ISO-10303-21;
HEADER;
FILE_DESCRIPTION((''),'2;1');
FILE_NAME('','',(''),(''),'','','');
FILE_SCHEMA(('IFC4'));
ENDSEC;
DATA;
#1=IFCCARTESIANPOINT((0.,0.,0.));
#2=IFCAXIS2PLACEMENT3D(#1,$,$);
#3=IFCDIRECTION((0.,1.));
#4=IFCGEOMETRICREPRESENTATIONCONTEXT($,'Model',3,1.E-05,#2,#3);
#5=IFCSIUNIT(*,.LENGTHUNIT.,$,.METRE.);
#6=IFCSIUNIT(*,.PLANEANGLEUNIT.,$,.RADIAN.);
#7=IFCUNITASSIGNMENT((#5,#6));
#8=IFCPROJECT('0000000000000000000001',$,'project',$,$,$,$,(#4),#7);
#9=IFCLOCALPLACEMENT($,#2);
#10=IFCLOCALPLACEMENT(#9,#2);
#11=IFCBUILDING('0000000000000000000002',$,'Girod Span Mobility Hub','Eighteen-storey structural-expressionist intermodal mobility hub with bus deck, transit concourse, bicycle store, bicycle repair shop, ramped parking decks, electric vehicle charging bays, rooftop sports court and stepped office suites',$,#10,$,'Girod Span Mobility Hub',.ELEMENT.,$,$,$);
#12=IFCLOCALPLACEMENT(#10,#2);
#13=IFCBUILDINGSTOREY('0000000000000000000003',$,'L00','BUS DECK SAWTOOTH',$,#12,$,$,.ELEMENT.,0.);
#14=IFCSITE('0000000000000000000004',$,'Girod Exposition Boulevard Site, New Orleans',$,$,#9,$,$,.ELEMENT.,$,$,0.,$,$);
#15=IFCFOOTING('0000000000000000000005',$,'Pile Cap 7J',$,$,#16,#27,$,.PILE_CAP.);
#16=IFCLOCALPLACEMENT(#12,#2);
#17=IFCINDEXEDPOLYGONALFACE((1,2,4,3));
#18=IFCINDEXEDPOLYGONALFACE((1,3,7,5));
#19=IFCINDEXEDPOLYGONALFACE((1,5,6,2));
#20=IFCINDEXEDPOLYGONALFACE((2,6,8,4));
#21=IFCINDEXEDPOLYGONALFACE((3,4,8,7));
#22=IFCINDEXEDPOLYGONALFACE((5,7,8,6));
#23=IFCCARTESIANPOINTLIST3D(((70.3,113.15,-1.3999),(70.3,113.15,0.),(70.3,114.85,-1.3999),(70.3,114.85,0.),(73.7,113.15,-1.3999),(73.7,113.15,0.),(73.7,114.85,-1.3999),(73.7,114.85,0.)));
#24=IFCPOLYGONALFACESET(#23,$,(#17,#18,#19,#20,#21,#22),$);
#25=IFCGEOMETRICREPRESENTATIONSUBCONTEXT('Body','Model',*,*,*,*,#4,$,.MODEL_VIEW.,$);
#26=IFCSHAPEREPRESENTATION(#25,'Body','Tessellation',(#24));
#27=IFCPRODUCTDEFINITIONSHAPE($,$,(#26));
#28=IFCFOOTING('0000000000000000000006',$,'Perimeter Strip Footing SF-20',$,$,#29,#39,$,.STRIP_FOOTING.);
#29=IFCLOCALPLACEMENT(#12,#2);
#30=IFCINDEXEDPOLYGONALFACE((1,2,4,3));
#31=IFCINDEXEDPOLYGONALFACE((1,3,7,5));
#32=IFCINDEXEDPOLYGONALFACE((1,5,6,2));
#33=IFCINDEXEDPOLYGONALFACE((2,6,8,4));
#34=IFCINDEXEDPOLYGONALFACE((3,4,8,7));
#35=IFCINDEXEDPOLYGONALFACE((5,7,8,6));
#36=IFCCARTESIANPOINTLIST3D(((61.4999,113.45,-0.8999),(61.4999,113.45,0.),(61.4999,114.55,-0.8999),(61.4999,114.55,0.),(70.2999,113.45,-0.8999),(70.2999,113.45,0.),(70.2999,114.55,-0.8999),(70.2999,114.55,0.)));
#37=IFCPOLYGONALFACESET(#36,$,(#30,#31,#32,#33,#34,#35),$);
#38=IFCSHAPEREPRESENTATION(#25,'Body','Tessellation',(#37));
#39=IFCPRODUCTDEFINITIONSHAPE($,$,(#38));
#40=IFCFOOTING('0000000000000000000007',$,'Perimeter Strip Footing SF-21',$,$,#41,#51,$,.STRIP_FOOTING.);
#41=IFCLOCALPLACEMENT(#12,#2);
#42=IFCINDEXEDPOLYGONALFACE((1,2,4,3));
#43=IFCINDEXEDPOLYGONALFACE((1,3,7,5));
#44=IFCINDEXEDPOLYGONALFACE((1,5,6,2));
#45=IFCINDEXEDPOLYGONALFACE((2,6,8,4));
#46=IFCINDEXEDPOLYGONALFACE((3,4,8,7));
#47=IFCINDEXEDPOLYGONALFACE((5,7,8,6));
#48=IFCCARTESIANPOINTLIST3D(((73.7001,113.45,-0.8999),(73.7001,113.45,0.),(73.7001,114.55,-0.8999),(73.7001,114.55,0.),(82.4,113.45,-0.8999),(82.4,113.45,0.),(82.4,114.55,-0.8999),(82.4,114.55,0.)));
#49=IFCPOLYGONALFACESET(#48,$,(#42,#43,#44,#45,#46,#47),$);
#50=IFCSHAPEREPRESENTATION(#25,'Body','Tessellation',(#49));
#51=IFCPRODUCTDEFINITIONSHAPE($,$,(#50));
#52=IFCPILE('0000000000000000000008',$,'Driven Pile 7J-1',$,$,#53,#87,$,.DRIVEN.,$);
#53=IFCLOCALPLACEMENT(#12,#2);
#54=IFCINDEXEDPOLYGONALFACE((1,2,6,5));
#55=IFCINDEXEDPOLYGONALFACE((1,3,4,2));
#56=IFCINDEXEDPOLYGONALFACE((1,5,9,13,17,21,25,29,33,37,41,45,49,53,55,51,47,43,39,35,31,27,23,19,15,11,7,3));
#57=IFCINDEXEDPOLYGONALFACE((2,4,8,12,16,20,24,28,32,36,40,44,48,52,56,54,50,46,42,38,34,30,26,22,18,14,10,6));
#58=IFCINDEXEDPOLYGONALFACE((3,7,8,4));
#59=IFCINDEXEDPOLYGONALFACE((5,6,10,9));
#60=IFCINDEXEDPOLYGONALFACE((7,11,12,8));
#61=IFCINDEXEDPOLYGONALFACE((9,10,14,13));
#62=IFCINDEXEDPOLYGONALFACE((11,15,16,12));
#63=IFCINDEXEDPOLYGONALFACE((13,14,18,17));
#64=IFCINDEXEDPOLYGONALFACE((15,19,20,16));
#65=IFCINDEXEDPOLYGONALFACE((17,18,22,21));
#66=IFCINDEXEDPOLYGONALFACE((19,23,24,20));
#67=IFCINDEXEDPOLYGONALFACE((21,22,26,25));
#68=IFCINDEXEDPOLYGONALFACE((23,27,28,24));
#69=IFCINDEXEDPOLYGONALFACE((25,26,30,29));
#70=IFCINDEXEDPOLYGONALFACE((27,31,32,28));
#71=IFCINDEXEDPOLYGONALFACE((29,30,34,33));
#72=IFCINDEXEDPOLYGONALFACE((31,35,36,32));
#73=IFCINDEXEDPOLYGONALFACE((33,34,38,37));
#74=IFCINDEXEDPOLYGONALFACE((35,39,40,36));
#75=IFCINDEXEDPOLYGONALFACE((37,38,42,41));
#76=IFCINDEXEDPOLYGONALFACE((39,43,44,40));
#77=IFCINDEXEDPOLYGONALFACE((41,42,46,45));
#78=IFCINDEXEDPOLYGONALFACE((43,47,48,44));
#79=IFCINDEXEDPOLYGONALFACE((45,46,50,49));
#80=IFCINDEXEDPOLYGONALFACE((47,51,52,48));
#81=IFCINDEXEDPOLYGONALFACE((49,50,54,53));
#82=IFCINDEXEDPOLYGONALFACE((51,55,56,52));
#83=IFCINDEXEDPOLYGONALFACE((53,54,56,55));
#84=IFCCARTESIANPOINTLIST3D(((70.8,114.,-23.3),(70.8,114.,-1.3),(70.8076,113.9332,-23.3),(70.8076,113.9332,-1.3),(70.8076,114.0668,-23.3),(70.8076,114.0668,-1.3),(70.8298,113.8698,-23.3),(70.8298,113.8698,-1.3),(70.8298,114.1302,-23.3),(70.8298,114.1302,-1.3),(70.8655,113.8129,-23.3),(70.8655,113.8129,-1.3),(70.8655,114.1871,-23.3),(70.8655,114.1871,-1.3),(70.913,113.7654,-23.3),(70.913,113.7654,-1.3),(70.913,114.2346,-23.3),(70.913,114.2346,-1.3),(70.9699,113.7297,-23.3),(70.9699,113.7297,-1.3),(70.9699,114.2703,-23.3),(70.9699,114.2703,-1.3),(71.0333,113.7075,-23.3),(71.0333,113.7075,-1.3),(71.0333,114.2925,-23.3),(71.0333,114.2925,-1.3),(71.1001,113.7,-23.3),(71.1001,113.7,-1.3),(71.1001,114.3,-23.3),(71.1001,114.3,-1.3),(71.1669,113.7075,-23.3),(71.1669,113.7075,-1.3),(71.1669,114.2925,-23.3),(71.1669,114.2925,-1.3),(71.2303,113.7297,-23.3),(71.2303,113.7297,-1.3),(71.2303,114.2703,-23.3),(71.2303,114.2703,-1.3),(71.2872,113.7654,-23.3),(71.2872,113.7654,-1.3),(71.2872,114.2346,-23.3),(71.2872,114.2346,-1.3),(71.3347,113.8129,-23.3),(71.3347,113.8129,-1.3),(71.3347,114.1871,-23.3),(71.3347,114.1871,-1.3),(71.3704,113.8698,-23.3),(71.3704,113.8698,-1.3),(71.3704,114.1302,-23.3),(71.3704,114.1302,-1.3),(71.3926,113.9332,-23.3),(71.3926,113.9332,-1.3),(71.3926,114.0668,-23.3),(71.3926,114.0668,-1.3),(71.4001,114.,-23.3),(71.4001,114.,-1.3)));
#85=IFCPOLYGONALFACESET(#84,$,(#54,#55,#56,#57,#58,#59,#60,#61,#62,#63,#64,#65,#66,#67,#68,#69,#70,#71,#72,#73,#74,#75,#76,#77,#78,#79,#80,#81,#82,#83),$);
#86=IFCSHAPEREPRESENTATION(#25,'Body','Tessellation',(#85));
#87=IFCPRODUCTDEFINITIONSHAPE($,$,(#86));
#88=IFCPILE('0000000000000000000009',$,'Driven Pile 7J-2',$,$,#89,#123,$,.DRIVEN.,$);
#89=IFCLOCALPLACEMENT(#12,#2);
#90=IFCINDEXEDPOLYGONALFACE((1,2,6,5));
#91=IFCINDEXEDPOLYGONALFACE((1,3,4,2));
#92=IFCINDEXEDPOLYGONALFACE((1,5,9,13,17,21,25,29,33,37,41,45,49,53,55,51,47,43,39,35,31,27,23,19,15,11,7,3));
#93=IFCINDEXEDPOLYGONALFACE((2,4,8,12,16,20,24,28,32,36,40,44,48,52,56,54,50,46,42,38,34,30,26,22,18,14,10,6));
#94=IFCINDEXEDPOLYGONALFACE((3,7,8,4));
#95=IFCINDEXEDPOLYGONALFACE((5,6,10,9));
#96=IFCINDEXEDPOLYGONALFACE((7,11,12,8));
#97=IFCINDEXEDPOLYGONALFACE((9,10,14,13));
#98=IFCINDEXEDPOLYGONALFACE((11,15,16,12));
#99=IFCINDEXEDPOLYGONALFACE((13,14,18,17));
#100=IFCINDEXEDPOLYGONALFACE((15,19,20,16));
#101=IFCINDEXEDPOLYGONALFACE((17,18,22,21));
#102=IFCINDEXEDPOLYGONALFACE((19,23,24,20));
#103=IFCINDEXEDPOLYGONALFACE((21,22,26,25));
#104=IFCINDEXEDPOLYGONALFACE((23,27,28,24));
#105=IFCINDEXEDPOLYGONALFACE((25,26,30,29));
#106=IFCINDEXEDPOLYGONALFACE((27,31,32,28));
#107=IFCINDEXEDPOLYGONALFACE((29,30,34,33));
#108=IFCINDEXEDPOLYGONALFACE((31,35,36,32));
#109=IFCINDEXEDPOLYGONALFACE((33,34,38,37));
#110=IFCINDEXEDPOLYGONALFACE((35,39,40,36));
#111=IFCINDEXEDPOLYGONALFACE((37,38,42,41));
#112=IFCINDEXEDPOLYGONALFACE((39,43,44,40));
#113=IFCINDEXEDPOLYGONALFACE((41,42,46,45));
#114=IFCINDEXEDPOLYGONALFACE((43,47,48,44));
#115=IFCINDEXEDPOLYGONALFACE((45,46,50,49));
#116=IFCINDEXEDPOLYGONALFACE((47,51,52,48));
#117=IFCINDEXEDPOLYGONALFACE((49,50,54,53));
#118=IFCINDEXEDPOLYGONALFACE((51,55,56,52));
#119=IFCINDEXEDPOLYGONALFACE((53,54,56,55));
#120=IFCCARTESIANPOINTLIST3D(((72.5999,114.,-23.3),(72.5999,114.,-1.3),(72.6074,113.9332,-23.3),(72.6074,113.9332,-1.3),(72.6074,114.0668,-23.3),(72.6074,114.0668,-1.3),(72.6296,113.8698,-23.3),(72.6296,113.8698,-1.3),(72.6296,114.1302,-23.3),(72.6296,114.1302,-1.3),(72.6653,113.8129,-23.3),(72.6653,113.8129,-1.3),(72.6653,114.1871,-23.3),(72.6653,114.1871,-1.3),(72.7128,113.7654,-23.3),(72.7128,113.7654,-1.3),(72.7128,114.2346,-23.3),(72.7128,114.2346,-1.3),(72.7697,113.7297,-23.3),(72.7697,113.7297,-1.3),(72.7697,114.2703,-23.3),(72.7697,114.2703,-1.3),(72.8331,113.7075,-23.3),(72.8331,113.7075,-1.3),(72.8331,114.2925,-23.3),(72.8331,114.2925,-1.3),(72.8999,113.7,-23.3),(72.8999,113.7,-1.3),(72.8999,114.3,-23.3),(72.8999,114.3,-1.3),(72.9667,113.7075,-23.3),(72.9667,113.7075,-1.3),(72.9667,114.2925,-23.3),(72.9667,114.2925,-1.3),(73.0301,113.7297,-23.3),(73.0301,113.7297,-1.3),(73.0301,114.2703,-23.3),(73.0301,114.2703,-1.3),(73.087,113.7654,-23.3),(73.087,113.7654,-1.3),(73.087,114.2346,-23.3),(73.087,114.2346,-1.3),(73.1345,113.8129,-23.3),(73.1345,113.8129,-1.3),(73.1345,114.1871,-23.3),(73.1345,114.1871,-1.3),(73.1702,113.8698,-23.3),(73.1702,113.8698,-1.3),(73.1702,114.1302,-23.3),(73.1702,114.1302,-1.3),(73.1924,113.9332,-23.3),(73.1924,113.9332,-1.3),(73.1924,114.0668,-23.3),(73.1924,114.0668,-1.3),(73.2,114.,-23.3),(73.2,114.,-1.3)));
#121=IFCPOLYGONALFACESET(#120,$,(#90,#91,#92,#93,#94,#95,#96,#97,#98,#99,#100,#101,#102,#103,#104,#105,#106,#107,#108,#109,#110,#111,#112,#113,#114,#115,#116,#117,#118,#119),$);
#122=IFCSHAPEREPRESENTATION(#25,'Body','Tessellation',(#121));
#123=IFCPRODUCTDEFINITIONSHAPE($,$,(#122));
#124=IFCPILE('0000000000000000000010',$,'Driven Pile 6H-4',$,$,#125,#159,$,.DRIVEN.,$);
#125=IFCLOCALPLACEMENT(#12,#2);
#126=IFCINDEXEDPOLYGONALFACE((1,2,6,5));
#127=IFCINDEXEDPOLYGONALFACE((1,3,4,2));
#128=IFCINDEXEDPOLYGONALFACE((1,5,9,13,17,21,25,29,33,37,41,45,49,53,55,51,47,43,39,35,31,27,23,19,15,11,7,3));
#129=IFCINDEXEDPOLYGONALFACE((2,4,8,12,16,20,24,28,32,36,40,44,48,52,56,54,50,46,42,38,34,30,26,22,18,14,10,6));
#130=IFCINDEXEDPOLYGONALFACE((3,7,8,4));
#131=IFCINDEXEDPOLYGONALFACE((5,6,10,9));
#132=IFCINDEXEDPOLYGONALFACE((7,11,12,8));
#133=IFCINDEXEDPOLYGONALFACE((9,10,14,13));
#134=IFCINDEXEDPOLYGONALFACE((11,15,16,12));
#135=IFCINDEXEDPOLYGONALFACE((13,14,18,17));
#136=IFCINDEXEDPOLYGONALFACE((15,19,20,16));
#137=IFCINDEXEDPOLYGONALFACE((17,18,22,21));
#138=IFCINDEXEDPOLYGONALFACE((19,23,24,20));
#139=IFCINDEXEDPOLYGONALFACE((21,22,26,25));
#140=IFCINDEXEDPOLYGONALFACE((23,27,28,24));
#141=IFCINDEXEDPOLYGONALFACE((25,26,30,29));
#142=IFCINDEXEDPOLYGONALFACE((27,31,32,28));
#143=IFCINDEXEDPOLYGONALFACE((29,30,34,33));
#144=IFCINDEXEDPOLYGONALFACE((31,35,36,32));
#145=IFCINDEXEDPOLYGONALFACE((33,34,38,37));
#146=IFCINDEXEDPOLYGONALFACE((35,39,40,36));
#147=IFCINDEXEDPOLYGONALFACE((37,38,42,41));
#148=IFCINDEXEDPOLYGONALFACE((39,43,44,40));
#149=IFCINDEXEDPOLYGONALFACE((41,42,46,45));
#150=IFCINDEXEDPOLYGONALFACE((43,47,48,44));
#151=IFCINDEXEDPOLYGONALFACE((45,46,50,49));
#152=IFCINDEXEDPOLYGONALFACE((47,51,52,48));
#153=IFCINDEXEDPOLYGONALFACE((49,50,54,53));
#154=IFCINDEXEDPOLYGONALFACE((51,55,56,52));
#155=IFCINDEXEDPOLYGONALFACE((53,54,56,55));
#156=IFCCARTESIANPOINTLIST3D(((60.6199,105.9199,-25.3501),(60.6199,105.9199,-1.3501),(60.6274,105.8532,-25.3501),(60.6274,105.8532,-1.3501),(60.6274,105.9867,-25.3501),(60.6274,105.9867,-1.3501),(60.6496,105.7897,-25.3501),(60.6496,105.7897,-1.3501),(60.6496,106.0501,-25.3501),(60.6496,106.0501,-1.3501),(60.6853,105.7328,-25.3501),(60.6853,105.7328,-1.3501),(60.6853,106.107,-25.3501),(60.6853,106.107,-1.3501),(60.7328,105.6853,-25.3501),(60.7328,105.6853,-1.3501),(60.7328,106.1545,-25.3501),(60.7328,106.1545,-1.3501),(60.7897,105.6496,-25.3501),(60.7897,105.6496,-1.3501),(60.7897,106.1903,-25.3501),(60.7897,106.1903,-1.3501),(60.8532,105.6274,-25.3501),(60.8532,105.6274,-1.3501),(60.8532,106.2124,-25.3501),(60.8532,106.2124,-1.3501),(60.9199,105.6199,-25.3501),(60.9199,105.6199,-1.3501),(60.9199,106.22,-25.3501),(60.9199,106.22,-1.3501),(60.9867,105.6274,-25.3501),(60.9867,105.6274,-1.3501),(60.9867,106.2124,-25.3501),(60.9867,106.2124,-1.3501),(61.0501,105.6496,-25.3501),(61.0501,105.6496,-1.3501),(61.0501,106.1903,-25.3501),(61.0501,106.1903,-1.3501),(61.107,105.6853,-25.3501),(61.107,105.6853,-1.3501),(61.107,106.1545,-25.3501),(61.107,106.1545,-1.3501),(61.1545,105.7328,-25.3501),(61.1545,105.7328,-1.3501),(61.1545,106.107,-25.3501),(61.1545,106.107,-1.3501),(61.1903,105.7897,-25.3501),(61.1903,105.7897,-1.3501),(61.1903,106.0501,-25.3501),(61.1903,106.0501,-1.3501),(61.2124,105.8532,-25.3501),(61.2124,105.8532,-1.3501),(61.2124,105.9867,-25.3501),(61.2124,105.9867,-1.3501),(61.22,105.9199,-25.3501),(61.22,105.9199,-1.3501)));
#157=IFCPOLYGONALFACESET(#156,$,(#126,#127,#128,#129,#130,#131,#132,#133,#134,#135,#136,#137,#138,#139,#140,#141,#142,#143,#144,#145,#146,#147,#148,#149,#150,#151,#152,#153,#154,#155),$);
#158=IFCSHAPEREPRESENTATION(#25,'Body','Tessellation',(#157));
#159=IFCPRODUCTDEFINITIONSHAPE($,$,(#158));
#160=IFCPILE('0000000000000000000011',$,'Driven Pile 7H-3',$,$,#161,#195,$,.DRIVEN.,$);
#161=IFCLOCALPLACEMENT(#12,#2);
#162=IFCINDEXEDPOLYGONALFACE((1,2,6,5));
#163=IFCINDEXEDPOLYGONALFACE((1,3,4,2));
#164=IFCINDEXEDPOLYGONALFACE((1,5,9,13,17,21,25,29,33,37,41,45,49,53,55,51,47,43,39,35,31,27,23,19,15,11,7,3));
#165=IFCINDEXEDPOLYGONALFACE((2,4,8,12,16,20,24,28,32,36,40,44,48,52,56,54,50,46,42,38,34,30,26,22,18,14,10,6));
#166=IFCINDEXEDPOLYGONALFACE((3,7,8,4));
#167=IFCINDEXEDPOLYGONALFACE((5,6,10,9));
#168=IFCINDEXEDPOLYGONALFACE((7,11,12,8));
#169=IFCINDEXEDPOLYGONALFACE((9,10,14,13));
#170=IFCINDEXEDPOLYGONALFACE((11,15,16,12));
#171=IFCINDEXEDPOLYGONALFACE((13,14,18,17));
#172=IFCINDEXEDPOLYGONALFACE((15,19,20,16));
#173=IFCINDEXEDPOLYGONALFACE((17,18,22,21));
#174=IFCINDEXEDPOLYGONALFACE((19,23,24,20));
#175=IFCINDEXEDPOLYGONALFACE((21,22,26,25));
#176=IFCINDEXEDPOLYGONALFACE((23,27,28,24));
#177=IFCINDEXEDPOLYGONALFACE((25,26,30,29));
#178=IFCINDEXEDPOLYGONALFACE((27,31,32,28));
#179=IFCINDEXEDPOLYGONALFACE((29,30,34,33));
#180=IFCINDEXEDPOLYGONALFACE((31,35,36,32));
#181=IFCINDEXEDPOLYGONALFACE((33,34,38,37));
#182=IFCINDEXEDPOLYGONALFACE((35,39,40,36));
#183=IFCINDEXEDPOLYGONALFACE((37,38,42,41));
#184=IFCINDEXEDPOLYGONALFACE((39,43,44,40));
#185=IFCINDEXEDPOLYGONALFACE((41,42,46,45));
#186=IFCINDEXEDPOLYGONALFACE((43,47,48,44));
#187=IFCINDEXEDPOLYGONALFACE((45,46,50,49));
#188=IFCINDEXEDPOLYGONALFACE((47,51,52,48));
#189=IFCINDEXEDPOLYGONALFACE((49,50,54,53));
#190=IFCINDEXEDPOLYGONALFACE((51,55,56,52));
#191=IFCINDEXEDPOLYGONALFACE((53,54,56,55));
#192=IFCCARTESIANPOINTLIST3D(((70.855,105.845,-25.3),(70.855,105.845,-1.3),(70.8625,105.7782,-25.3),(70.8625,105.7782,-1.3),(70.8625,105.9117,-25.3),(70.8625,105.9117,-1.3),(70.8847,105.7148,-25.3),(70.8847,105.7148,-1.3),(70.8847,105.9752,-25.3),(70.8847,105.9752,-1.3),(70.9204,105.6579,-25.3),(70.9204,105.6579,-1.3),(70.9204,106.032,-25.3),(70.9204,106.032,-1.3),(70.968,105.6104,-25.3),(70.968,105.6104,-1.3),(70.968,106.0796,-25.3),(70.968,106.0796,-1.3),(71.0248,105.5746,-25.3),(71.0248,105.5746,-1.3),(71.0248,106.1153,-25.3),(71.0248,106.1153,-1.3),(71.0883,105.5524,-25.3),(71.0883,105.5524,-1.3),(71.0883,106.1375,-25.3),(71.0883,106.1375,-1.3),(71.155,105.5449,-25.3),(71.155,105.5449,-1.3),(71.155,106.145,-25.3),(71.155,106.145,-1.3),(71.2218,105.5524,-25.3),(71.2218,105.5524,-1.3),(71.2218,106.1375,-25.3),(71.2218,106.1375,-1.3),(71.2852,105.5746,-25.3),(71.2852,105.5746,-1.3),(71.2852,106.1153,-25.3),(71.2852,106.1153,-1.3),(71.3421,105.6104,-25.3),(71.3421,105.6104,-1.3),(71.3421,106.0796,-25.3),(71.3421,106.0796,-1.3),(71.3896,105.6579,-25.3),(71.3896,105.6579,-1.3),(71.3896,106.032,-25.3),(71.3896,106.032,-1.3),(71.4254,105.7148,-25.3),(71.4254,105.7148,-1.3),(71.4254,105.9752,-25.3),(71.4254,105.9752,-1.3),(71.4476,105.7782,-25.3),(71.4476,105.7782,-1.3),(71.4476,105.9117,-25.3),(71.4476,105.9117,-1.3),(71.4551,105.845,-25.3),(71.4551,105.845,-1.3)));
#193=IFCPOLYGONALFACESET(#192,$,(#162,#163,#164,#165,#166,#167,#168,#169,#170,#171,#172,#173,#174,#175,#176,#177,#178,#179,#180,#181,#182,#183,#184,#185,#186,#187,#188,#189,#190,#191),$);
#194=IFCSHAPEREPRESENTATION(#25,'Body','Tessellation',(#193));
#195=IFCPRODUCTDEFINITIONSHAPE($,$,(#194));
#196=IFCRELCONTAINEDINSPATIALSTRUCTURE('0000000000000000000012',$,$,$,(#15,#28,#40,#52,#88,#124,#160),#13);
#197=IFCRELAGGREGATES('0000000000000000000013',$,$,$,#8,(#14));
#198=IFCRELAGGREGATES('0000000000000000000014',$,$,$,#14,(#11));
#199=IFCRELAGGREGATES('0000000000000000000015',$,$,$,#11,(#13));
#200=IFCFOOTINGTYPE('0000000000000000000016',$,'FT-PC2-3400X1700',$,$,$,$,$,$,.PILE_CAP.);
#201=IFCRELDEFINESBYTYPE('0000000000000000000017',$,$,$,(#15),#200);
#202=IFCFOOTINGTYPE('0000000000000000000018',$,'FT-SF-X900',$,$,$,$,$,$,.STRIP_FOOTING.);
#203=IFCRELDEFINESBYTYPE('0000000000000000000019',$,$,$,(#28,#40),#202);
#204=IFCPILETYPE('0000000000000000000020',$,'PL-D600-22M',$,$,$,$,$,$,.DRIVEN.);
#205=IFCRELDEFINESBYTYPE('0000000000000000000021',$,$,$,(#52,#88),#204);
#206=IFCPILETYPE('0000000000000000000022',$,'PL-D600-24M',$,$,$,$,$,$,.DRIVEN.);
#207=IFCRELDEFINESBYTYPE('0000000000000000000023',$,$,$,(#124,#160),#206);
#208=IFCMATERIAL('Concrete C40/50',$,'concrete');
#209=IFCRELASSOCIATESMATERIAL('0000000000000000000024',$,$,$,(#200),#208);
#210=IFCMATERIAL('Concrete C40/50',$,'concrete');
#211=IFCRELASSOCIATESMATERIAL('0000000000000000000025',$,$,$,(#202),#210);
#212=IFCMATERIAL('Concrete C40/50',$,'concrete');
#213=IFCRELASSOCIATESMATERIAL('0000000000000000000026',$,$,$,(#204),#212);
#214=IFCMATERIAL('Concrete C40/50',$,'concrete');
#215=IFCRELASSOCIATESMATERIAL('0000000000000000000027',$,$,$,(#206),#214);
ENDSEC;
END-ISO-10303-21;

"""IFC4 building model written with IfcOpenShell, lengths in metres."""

from ifc_helpers import new_model, si_unit, direction, frame, origin, origin_2d, place, context, subcontext, project, spatial, rectangle, circle, extrude, material, material_profile, profile_set, type_object, element, save


model = new_model("IFC4")

# Units and contexts
model_context = context("Model", 3, precision=1e-05, world=origin(), true_north=direction((0.0, 1.0)))
body_context = subcontext(model_context, "Body", "Model", "MODEL_VIEW")
ifc_project = project(units=[si_unit("LENGTHUNIT", "METRE"), si_unit("PLANEANGLEUNIT", "RADIAN")], contexts=[model_context])

# Site, building, storey
site_placement = place(None, origin())
site = spatial("IfcSite", under=ifc_project, at=site_placement, Name="Girod Exposition Boulevard Site, New Orleans", CompositionType="ELEMENT", RefElevation=0.0)
building_placement = place(site_placement, origin())
building = spatial("IfcBuilding", under=site, at=building_placement, Name="Girod Span Mobility Hub", Description="Eighteen-storey structural-expressionist intermodal mobility hub with bus deck, transit concourse, bicycle store, bicycle repair shop, ramped parking decks, electric vehicle charging bays, rooftop sports court and stepped office suites", LongName="Girod Span Mobility Hub", CompositionType="ELEMENT")
storey_placement = place(building_placement, origin())
storey = spatial("IfcBuildingStorey", under=building, at=storey_placement, Name="L00", Description="BUS DECK SAWTOOTH", CompositionType="ELEMENT", Elevation=0.0)

# Footings
ifc_material_1 = material(Name="Concrete C40/50", Category="concrete")
footing_type_1 = type_object("IfcFootingType", Name="FT-PC2-3400X1700", PredefinedType="PILE_CAP", material=ifc_material_1)
footing_1_placement = place(storey_placement, frame((72.0, 114.0, -1.3999), z_axis=(0.0, 0.0, 1.0), x_axis=(1.0, 0.0, 0.0)))
element("IfcFooting", 1, at=footing_1_placement, inside=storey, type_object=footing_type_1, Name="Pile Cap 7J", PredefinedType="PILE_CAP", context=body_context, shape_type="SweptSolid", body=[
    extrude(rectangle(XDim=3.3999, YDim=1.7, at=origin_2d()), origin(), (0.0, 0.0, 1.0), 1.3999),
])
ifc_material_2 = material(Name="Concrete C40/50", Category="concrete")
footing_type_2 = type_object("IfcFootingType", Name="FT-SF-X900", PredefinedType="STRIP_FOOTING", material=ifc_material_2)
footing_2_placement = place(storey_placement, frame((65.8999, 114.0, -0.8999), z_axis=(0.0, 0.0, 1.0), x_axis=(1.0, 0.0, 0.0)))
element("IfcFooting", 2, at=footing_2_placement, inside=storey, type_object=footing_type_2, Name="Perimeter Strip Footing SF-20", PredefinedType="STRIP_FOOTING", context=body_context, shape_type="SweptSolid", body=[
    extrude(rectangle(XDim=8.8, YDim=1.1001, at=origin_2d()), origin(), (0.0, 0.0, 1.0), 0.8999),
])
footing_3_placement = place(storey_placement, frame((78.05, 114.0, -0.8999), z_axis=(0.0, 0.0, 1.0), x_axis=(1.0, 0.0, 0.0)))
element("IfcFooting", 3, at=footing_3_placement, inside=storey, type_object=footing_type_2, Name="Perimeter Strip Footing SF-21", PredefinedType="STRIP_FOOTING", context=body_context, shape_type="SweptSolid", body=[
    extrude(rectangle(XDim=8.7, YDim=1.1001, at=origin_2d()), origin(), (0.0, 0.0, 1.0), 0.8999),
])

# Piles
ifc_material_3 = material(Name="Concrete C40/50", Category="concrete")
ifc_material_profile_1 = material_profile(ifc_material_3, circle(Radius=0.3, at=origin_2d()), Name="PILE-D600")
ifc_profile_set_1 = profile_set([ifc_material_profile_1], Name="Concrete C40/50")
pile_type_1 = type_object("IfcPileType", Name="PL-D600-22M", PredefinedType="DRIVEN", material=ifc_profile_set_1)
for number, where, z_axis, x_axis, name in (
    (4, (71.1001, 114.0, -1.3), (0.0, 0.0, -1.0), (1.0, 0.0, 0.0), "Driven Pile 7J-1"),
    (5, (72.8999, 114.0, -1.3), (0.0, 0.0, -1.0), (1.0, 0.0, 0.0), "Driven Pile 7J-2"),
):
    element("IfcPile", number, at=place(storey_placement, frame(where, z_axis=z_axis, x_axis=x_axis)), inside=storey, type_object=pile_type_1, Name=name, PredefinedType="DRIVEN", context=body_context, shape_type="SweptSolid", body=[
        extrude(circle(Radius=0.3, at=origin_2d()), origin(), (0.0, 0.0, 1.0), 22.0),
    ])
ifc_material_4 = material(Name="Concrete C40/50", Category="concrete")
ifc_material_profile_2 = material_profile(ifc_material_4, circle(Radius=0.3, at=origin_2d()), Name="PILE-D600")
ifc_profile_set_2 = profile_set([ifc_material_profile_2], Name="Concrete C40/50")
pile_type_2 = type_object("IfcPileType", Name="PL-D600-24M", PredefinedType="DRIVEN", material=ifc_profile_set_2)
for number, where, z_axis, x_axis, name in (
    (6, (60.9199, 105.9199, -1.3501), (0.0, 0.0, -1.0), (1.0, 0.0, 0.0), "Driven Pile 6H-4"),
    (7, (71.155, 105.845, -1.3), (0.0, 0.0, -1.0), (1.0, 0.0, 0.0), "Driven Pile 7H-3"),
):
    element("IfcPile", number, at=place(storey_placement, frame(where, z_axis=z_axis, x_axis=x_axis)), inside=storey, type_object=pile_type_2, Name=name, PredefinedType="DRIVEN", context=body_context, shape_type="SweptSolid", body=[
        extrude(circle(Radius=0.3, at=origin_2d()), origin(), (0.0, 0.0, 1.0), 24.0),
    ])

save(model, "model.ifc")
